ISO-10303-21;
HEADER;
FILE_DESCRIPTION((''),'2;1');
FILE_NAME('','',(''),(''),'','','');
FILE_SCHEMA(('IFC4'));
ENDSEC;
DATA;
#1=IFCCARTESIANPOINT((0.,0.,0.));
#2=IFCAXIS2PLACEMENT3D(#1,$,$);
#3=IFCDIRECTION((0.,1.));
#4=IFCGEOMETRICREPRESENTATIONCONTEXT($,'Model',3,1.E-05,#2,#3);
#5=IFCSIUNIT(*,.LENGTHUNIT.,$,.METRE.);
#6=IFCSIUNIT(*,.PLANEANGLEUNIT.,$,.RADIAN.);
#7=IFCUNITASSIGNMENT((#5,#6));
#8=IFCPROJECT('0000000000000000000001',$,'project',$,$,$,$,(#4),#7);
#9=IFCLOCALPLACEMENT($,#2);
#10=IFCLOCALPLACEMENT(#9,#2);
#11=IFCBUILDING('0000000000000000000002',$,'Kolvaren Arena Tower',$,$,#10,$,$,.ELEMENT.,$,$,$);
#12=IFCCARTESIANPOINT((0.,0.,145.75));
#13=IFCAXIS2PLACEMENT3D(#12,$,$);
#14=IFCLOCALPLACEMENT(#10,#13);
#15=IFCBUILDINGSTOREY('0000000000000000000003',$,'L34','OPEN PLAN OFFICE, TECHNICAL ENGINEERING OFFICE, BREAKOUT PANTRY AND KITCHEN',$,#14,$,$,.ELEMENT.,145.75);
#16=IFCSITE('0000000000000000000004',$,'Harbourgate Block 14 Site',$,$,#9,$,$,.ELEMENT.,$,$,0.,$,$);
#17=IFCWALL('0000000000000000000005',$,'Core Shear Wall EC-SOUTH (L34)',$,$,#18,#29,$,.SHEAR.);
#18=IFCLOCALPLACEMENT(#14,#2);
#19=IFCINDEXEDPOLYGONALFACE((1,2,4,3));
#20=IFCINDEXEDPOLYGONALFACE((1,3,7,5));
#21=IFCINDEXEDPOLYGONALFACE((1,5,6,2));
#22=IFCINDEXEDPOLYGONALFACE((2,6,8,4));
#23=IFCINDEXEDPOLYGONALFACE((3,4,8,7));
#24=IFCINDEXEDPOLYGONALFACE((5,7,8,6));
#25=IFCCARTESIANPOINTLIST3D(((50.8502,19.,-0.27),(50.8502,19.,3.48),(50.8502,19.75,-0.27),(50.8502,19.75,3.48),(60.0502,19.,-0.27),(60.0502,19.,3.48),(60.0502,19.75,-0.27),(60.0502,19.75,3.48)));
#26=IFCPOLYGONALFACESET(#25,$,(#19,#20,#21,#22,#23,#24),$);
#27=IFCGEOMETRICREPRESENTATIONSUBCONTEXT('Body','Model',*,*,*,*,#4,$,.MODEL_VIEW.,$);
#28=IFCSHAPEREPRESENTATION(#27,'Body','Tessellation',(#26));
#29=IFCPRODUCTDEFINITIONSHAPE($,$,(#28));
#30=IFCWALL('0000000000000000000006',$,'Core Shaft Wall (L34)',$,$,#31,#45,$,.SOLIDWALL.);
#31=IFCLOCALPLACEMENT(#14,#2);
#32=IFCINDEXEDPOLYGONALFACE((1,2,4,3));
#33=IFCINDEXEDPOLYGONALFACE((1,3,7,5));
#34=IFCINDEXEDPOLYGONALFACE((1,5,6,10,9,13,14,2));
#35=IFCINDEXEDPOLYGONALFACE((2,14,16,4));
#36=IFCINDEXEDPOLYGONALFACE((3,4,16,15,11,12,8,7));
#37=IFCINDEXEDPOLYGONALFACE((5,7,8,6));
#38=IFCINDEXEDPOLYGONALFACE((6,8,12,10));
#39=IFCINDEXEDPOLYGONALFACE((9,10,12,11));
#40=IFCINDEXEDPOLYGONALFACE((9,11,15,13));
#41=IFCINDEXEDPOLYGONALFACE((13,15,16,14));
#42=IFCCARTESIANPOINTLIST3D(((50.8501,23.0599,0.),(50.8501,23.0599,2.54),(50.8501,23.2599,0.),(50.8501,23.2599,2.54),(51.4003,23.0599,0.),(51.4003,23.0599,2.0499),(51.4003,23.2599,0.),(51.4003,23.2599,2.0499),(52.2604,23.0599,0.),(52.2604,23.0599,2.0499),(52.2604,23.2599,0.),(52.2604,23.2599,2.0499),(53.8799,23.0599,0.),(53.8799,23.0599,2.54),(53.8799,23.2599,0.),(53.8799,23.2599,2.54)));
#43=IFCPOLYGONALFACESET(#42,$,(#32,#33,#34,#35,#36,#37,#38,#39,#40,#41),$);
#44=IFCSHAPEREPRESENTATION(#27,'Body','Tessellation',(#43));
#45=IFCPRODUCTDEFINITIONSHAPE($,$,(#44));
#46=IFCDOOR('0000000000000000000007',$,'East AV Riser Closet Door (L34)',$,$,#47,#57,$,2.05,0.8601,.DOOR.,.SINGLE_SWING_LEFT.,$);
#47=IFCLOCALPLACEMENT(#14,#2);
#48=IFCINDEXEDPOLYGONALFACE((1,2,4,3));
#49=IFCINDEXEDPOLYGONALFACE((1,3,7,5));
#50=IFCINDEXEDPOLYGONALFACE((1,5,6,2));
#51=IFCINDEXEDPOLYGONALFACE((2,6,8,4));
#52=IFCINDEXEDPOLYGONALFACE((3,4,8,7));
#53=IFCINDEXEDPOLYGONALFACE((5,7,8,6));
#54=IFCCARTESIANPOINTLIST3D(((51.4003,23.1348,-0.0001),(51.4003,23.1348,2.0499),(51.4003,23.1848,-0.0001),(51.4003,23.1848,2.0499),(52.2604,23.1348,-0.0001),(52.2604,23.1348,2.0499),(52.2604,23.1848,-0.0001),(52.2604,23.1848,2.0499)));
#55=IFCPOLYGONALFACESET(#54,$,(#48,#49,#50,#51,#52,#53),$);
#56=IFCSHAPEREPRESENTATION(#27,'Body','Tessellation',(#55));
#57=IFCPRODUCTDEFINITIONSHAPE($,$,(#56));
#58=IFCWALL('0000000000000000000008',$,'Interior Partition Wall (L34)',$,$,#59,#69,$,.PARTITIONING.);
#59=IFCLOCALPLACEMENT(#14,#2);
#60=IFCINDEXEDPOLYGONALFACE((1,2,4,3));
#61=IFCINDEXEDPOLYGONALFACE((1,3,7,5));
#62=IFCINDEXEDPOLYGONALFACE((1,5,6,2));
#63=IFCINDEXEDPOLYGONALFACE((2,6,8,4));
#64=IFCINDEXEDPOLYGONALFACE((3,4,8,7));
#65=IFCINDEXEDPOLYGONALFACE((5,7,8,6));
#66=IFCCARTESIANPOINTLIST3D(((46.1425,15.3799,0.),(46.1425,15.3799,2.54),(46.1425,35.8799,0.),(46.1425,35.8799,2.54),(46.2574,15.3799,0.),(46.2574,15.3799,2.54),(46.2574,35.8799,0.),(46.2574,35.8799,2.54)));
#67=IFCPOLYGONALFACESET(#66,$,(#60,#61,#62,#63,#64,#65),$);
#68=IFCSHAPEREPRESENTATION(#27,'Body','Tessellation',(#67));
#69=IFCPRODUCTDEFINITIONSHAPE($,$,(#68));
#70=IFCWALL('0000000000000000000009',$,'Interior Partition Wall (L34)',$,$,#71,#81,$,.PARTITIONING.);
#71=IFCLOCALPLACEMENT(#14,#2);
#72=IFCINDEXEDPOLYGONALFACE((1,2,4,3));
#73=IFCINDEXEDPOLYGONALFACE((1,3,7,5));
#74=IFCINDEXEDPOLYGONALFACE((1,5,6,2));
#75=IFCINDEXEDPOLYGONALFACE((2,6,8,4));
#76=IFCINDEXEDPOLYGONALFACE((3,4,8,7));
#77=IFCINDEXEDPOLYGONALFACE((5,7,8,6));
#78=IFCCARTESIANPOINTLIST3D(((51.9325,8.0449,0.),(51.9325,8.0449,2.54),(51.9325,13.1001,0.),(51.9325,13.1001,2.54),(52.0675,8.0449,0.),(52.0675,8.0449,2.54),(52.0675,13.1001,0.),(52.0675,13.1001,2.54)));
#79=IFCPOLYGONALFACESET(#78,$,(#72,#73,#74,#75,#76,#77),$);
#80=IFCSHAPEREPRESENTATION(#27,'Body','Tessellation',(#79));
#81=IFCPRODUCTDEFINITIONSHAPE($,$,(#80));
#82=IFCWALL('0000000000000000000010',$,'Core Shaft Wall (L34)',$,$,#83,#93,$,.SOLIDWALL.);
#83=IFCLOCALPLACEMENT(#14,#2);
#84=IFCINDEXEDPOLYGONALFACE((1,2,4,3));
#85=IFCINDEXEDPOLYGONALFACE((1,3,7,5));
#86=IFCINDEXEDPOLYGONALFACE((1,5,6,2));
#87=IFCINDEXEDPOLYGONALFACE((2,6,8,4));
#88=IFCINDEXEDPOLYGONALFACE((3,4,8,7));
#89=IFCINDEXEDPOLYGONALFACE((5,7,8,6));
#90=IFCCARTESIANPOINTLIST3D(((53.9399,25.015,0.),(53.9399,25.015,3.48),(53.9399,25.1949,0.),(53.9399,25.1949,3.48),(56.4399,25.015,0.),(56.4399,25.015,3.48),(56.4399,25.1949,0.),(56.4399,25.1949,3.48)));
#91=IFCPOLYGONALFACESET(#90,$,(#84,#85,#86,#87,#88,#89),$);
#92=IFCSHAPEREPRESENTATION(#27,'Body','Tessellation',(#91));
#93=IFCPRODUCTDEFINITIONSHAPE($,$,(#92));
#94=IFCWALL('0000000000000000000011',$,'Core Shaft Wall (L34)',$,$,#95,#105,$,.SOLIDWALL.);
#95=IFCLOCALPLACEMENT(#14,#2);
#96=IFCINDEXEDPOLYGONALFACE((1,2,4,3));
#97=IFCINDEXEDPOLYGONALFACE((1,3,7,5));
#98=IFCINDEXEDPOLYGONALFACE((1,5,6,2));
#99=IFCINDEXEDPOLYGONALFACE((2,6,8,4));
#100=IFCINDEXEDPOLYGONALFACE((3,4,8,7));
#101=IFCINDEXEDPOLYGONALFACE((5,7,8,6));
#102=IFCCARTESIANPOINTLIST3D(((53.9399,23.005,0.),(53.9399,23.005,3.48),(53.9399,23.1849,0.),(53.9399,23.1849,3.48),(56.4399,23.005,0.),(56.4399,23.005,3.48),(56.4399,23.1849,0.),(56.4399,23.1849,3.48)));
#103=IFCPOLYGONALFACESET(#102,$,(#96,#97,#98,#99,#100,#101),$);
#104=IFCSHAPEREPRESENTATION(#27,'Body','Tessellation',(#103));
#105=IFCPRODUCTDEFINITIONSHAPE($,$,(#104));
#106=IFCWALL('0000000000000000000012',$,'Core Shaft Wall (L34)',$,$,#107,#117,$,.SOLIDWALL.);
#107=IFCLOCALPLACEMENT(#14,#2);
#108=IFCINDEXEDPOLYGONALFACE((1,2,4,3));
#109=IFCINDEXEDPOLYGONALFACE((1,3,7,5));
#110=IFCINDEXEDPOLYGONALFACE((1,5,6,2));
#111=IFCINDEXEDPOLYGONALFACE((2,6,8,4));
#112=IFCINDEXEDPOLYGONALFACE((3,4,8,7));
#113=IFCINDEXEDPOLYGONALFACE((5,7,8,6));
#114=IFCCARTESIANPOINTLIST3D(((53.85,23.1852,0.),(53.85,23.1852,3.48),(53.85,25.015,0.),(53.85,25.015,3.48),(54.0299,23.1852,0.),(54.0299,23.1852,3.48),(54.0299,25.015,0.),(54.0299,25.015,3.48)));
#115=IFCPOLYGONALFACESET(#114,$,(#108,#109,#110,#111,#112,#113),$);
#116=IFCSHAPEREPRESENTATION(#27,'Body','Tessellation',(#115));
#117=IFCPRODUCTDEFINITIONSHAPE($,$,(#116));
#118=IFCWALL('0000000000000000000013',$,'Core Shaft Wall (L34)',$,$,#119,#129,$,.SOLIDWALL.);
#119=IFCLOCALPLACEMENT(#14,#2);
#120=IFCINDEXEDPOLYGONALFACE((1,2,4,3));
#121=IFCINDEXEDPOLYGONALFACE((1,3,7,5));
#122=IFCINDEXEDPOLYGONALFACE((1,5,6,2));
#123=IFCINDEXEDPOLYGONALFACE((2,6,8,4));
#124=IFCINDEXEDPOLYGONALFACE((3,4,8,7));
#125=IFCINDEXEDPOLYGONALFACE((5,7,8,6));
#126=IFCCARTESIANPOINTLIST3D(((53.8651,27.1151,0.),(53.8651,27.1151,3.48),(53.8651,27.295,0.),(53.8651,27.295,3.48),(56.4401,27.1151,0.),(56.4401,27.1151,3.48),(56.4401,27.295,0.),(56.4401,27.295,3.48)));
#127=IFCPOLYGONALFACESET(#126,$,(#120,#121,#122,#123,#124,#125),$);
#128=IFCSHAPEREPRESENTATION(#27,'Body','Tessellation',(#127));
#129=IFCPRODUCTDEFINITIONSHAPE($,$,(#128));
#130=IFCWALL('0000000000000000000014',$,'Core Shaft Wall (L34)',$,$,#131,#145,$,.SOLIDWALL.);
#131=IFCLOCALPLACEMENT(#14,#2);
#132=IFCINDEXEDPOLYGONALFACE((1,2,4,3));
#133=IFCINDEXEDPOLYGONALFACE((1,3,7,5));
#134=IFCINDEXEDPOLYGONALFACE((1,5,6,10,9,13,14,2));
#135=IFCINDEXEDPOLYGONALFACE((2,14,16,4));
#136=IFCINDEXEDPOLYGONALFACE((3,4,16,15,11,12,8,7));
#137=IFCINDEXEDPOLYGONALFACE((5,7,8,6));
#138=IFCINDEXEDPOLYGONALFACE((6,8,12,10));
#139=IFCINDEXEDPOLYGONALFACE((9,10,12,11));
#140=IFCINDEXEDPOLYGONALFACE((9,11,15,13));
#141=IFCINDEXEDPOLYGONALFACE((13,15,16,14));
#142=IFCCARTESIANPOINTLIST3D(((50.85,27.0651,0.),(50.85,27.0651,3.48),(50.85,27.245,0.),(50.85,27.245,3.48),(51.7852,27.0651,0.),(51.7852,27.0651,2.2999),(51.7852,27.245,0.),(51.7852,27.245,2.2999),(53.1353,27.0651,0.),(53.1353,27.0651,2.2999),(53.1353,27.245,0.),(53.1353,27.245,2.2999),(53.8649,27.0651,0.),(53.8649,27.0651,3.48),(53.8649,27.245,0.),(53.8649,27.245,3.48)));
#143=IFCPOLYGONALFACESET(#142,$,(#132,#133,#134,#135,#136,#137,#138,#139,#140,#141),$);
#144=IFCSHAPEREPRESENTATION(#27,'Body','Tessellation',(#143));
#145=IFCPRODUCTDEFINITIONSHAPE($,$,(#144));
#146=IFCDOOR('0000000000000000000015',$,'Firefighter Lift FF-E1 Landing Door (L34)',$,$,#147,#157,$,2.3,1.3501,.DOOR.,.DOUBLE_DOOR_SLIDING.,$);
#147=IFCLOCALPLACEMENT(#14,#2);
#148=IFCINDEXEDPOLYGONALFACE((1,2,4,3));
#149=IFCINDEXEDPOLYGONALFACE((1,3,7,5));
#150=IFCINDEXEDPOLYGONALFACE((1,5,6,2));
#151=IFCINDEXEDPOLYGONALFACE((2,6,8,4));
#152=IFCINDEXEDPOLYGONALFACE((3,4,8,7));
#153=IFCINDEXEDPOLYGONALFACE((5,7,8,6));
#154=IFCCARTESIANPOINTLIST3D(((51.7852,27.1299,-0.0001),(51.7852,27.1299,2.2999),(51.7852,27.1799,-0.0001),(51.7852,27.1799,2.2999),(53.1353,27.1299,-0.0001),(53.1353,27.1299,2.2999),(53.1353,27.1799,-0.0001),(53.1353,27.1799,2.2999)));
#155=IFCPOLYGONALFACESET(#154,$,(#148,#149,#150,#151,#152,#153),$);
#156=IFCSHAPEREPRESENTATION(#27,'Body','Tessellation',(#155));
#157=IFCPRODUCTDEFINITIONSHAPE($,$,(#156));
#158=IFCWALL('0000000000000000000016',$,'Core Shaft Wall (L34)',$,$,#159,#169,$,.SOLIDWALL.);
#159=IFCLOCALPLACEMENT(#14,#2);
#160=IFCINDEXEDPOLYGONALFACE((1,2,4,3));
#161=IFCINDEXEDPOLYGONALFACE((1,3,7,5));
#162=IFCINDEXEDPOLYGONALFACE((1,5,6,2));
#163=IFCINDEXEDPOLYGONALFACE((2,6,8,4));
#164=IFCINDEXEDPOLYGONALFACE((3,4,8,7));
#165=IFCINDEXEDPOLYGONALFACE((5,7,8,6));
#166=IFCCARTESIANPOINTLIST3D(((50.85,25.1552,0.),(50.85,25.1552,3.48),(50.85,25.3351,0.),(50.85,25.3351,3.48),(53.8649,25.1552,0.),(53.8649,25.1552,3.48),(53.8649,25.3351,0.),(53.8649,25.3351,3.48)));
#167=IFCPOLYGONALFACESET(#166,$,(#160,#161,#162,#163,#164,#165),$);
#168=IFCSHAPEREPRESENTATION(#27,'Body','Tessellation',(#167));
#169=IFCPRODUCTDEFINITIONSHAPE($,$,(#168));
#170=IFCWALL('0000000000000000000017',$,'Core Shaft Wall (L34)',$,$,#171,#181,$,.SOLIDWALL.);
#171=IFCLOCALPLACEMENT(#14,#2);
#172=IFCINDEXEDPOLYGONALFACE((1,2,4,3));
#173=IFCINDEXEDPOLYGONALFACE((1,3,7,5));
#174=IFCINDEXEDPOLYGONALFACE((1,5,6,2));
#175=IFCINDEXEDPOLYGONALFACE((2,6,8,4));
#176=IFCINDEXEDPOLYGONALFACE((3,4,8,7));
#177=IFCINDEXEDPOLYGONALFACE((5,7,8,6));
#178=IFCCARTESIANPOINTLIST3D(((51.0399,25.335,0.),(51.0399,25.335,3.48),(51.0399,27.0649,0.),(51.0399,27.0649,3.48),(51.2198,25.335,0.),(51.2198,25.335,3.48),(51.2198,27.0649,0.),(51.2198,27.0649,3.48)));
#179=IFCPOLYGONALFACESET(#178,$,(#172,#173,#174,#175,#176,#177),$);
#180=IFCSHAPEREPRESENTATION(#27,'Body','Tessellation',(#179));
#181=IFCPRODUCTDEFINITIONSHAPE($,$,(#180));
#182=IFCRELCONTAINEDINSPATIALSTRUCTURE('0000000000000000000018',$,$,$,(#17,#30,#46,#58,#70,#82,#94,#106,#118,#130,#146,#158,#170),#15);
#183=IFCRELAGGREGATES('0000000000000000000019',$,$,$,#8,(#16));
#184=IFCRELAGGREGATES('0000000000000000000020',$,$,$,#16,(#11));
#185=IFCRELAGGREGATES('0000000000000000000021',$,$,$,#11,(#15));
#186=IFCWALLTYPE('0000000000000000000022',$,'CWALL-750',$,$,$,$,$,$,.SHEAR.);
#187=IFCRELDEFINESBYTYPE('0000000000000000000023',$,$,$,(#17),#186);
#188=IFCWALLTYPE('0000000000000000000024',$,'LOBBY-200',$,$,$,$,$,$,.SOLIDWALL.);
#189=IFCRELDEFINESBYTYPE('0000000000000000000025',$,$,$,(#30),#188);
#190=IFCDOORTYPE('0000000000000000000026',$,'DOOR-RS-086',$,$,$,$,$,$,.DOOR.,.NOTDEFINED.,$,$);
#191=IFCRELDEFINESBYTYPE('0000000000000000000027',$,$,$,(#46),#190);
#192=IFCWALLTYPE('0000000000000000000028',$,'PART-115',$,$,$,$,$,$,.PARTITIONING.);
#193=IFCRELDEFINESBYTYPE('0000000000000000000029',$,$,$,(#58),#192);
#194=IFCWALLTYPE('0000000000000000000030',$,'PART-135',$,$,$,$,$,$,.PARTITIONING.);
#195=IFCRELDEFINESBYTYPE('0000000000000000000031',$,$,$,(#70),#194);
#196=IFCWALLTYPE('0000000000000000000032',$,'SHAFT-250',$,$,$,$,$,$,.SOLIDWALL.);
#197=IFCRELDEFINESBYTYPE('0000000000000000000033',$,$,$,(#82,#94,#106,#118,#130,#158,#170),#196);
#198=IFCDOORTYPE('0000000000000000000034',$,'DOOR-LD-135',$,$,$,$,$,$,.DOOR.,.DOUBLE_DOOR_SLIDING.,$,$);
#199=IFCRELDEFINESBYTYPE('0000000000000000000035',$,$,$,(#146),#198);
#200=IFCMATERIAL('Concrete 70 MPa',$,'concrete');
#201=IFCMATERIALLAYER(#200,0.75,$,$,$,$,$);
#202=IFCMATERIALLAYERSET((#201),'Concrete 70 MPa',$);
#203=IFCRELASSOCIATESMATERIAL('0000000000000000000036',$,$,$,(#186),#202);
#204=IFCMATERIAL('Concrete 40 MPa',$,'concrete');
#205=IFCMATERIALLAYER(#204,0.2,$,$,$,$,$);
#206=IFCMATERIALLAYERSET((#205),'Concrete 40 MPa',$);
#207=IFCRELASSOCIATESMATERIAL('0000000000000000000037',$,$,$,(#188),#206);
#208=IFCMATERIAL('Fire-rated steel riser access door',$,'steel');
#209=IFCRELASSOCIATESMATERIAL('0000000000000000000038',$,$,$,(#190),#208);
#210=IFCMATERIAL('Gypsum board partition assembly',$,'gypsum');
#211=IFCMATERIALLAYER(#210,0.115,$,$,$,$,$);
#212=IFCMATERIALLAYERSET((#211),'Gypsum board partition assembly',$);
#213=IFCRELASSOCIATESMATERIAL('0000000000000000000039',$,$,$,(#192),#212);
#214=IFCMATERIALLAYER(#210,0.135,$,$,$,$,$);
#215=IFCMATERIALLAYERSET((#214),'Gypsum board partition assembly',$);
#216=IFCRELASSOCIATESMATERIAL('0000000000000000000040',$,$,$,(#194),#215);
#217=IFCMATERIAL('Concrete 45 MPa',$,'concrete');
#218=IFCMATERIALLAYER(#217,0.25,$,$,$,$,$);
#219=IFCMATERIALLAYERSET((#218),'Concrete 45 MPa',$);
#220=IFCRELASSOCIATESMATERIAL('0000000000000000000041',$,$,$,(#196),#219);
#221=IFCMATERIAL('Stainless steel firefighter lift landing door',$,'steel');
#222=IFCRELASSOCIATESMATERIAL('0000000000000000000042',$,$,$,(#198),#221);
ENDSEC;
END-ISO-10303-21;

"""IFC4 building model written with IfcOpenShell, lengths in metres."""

from ifc_helpers import new_model, si_unit, direction, frame, frame_2d, origin, place, context, subcontext, project, spatial, rectangle, extrude, material, layer, layer_set, type_object, element, fill, save


model = new_model("IFC4")

# Units and contexts
model_context = context("Model", 3, precision=1e-05, world=origin(), true_north=direction((0.0, 1.0)))
body_context = subcontext(model_context, "Body", "Model", "MODEL_VIEW")
ifc_project = project(units=[si_unit("LENGTHUNIT", "METRE"), si_unit("PLANEANGLEUNIT", "RADIAN")], contexts=[model_context])

# Site, building, storey
site_placement = place(None, origin())
site = spatial("IfcSite", under=ifc_project, at=site_placement, Name="Harbourgate Block 14 Site", CompositionType="ELEMENT", RefElevation=0.0)
building_placement = place(site_placement, origin())
building = spatial("IfcBuilding", under=site, at=building_placement, Name="Kolvaren Arena Tower", CompositionType="ELEMENT")
storey_placement = place(building_placement, frame((0.0, 0.0, 145.75)))
storey = spatial("IfcBuildingStorey", under=building, at=storey_placement, Name="L34", Description="OPEN PLAN OFFICE, TECHNICAL ENGINEERING OFFICE, BREAKOUT PANTRY AND KITCHEN", CompositionType="ELEMENT", Elevation=145.75)

# Shared definitions
ifc_material_1 = material(Name="Concrete 70 MPa", Category="concrete")
ifc_layer_1 = layer(ifc_material_1, 0.75)
ifc_layer_set_1 = layer_set([ifc_layer_1], Name="Concrete 70 MPa")
wall_type_1 = type_object("IfcWallType", Name="CWALL-750", PredefinedType="SHEAR", material=ifc_layer_set_1)

# Wall
wall_1_placement = place(storey_placement, frame((50.8501, 19.375, -0.27), z_axis=(0.0, 0.0, 1.0), x_axis=(1.0, 0.0, 0.0)))
element("IfcWall", 1, at=wall_1_placement, inside=storey, type_object=wall_type_1, Name="Core Shear Wall EC-SOUTH (L34)", PredefinedType="SHEAR", context=body_context, shape_type="SweptSolid", body=[
    extrude(rectangle(XDim=9.2, YDim=0.75, at=frame_2d((4.6001, 0.0))), origin(), (0.0, 0.0, 1.0), 3.75),
])

# Shared definitions
ifc_material_2 = material(Name="Concrete 40 MPa", Category="concrete")
ifc_layer_2 = layer(ifc_material_2, 0.2)
ifc_layer_set_2 = layer_set([ifc_layer_2], Name="Concrete 40 MPa")
wall_type_2 = type_object("IfcWallType", Name="LOBBY-200", PredefinedType="SOLIDWALL", material=ifc_layer_set_2)

# Wall, opening, door
wall_2_placement = place(storey_placement, frame((50.8501, 23.1599, 0.0), z_axis=(0.0, 0.0, 1.0), x_axis=(1.0, 0.0, 0.0)))
wall_2 = element("IfcWall", 2, at=wall_2_placement, inside=storey, type_object=wall_type_2, Name="Core Shaft Wall (L34)", PredefinedType="SOLIDWALL", context=body_context, shape_type="SweptSolid", body=[
    extrude(rectangle(XDim=3.0298, YDim=0.2, at=frame_2d((1.5149, 0.0))), origin(), (0.0, 0.0, 1.0), 2.54),
])
opening_1_placement = place(wall_2_placement, frame((0.55, 0.0, 0.0)))
opening_1 = element("IfcOpeningElement", 3, at=opening_1_placement, cuts=wall_2, PredefinedType="OPENING", context=body_context, shape_type="SweptSolid", body=[
    extrude(rectangle(XDim=0.8601, YDim=2.05, at=frame_2d((0.4302, 1.0249))), frame((0.0, 0.1099, 0.0), z_axis=(0.0, -1.0, 0.0), x_axis=(1.0, 0.0, 0.0)), (0.0, 0.0, 1.0), 0.22),
])
ifc_material_3 = material(Name="Fire-rated steel riser access door", Category="steel")
door_type_1 = type_object("IfcDoorType", Name="DOOR-RS-086", OperationType="NOTDEFINED", PredefinedType="DOOR", material=ifc_material_3)
door_1_placement = place(opening_1_placement, origin())
door_1 = element("IfcDoor", 4, at=door_1_placement, inside=storey, type_object=door_type_1, Name="East AV Riser Closet Door (L34)", OperationType="SINGLE_SWING_LEFT", OverallHeight=2.05, OverallWidth=0.8601, PredefinedType="DOOR", context=body_context, shape_type="SweptSolid", body=[
    extrude(rectangle(XDim=0.8601, YDim=2.05, at=frame_2d((0.4302, 1.0249))), frame((0.0, 0.0249, 0.0), z_axis=(0.0, -1.0, 0.0), x_axis=(1.0, 0.0, 0.0)), (0.0, 0.0, 1.0), 0.05),
])
fill(opening_1, door_1)

# Walls
ifc_material_4 = material(Name="Gypsum board partition assembly", Category="gypsum")
ifc_layer_3 = layer(ifc_material_4, 0.115)
ifc_layer_set_3 = layer_set([ifc_layer_3], Name="Gypsum board partition assembly")
wall_type_3 = type_object("IfcWallType", Name="PART-115", PredefinedType="PARTITIONING", material=ifc_layer_set_3)
wall_3_placement = place(storey_placement, frame((46.2, 15.3799, 0.0), z_axis=(0.0, 0.0, 1.0), x_axis=(0.0, 1.0, 0.0)))
element("IfcWall", 5, at=wall_3_placement, inside=storey, type_object=wall_type_3, Name="Interior Partition Wall (L34)", PredefinedType="PARTITIONING", context=body_context, shape_type="SweptSolid", body=[
    extrude(rectangle(XDim=20.5, YDim=0.115, at=frame_2d((10.25, 0.0))), origin(), (0.0, 0.0, 1.0), 2.54),
])
ifc_layer_4 = layer(ifc_material_4, 0.135)
ifc_layer_set_4 = layer_set([ifc_layer_4], Name="Gypsum board partition assembly")
wall_type_4 = type_object("IfcWallType", Name="PART-135", PredefinedType="PARTITIONING", material=ifc_layer_set_4)
wall_4_placement = place(storey_placement, frame((52.0, 8.0449, 0.0), z_axis=(0.0, 0.0, 1.0), x_axis=(0.0, 1.0, 0.0)))
element("IfcWall", 6, at=wall_4_placement, inside=storey, type_object=wall_type_4, Name="Interior Partition Wall (L34)", PredefinedType="PARTITIONING", context=body_context, shape_type="SweptSolid", body=[
    extrude(rectangle(XDim=5.0552, YDim=0.135, at=frame_2d((2.5276, 0.0))), origin(), (0.0, 0.0, 1.0), 2.54),
])
ifc_material_5 = material(Name="Concrete 45 MPa", Category="concrete")
ifc_layer_5 = layer(ifc_material_5, 0.25)
ifc_layer_set_5 = layer_set([ifc_layer_5], Name="Concrete 45 MPa")
wall_type_5 = type_object("IfcWallType", Name="SHAFT-250", PredefinedType="SOLIDWALL", material=ifc_layer_set_5)
for number, where, z_axis, x_axis, name in (
    (7, (53.9399, 25.105, 0.0), (0.0, 0.0, 1.0), (1.0, 0.0, 0.0), "Core Shaft Wall (L34)"),
    (8, (53.9399, 23.095, 0.0), (0.0, 0.0, 1.0), (1.0, 0.0, 0.0), "Core Shaft Wall (L34)"),
):
    element("IfcWall", number, at=place(storey_placement, frame(where, z_axis=z_axis, x_axis=x_axis)), inside=storey, type_object=wall_type_5, Name=name, PredefinedType="SOLIDWALL", context=body_context, shape_type="SweptSolid", body=[
        extrude(rectangle(XDim=2.5, YDim=0.1799, at=frame_2d((1.25, 0.0))), origin(), (0.0, 0.0, 1.0), 3.48),
    ])
wall_5_placement = place(storey_placement, frame((53.9399, 23.1851, 0.0), z_axis=(0.0, 0.0, 1.0), x_axis=(0.0, 1.0, 0.0)))
element("IfcWall", 9, at=wall_5_placement, inside=storey, type_object=wall_type_5, Name="Core Shaft Wall (L34)", PredefinedType="SOLIDWALL", context=body_context, shape_type="SweptSolid", body=[
    extrude(rectangle(XDim=1.8298, YDim=0.1799, at=frame_2d((0.915, 0.0))), origin(), (0.0, 0.0, 1.0), 3.48),
])
wall_6_placement = place(storey_placement, frame((53.865, 27.2051, 0.0), z_axis=(0.0, 0.0, 1.0), x_axis=(1.0, 0.0, 0.0)))
element("IfcWall", 10, at=wall_6_placement, inside=storey, type_object=wall_type_5, Name="Core Shaft Wall (L34)", PredefinedType="SOLIDWALL", context=body_context, shape_type="SweptSolid", body=[
    extrude(rectangle(XDim=2.575, YDim=0.1799, at=frame_2d((1.2876, 0.0))), origin(), (0.0, 0.0, 1.0), 3.48),
])

# Wall, opening, door
wall_7_placement = place(storey_placement, frame((50.8501, 27.155, 0.0), z_axis=(0.0, 0.0, 1.0), x_axis=(1.0, 0.0, 0.0)))
wall_7 = element("IfcWall", 11, at=wall_7_placement, inside=storey, type_object=wall_type_5, Name="Core Shaft Wall (L34)", PredefinedType="SOLIDWALL", context=body_context, shape_type="SweptSolid", body=[
    extrude(rectangle(XDim=3.0149, YDim=0.1799, at=frame_2d((1.5073, 0.0))), origin(), (0.0, 0.0, 1.0), 3.48),
])
opening_2_placement = place(wall_7_placement, frame((0.9351, 0.0, 0.0)))
opening_2 = element("IfcOpeningElement", 12, at=opening_2_placement, cuts=wall_7, PredefinedType="OPENING", context=body_context, shape_type="SweptSolid", body=[
    extrude(rectangle(XDim=1.3501, YDim=2.3, at=frame_2d((0.675, 1.1499))), frame((0.0, 0.0999, 0.0), z_axis=(0.0, -1.0, 0.0), x_axis=(1.0, 0.0, 0.0)), (0.0, 0.0, 1.0), 0.2),
])
ifc_material_6 = material(Name="Stainless steel firefighter lift landing door", Category="steel")
door_type_2 = type_object("IfcDoorType", Name="DOOR-LD-135", OperationType="DOUBLE_DOOR_SLIDING", PredefinedType="DOOR", material=ifc_material_6)
door_2_placement = place(opening_2_placement, origin())
door_2 = element("IfcDoor", 13, at=door_2_placement, inside=storey, type_object=door_type_2, Name="Firefighter Lift FF-E1 Landing Door (L34)", OperationType="DOUBLE_DOOR_SLIDING", OverallHeight=2.3, OverallWidth=1.3501, PredefinedType="DOOR", context=body_context, shape_type="SweptSolid", body=[
    extrude(rectangle(XDim=1.3501, YDim=2.3, at=frame_2d((0.675, 1.1499))), frame((0.0, 0.0249, 0.0), z_axis=(0.0, -1.0, 0.0), x_axis=(1.0, 0.0, 0.0)), (0.0, 0.0, 1.0), 0.05),
])
fill(opening_2, door_2)

# Walls
wall_8_placement = place(storey_placement, frame((50.8501, 25.2451, 0.0), z_axis=(0.0, 0.0, 1.0), x_axis=(1.0, 0.0, 0.0)))
element("IfcWall", 14, at=wall_8_placement, inside=storey, type_object=wall_type_5, Name="Core Shaft Wall (L34)", PredefinedType="SOLIDWALL", context=body_context, shape_type="SweptSolid", body=[
    extrude(rectangle(XDim=3.0149, YDim=0.1799, at=frame_2d((1.5073, 0.0))), origin(), (0.0, 0.0, 1.0), 3.48),
])
wall_9_placement = place(storey_placement, frame((51.1299, 25.335, 0.0), z_axis=(0.0, 0.0, 1.0), x_axis=(0.0, 1.0, 0.0)))
element("IfcWall", 15, at=wall_9_placement, inside=storey, type_object=wall_type_5, Name="Core Shaft Wall (L34)", PredefinedType="SOLIDWALL", context=body_context, shape_type="SweptSolid", body=[
    extrude(rectangle(XDim=1.73, YDim=0.1799, at=frame_2d((0.865, 0.0))), origin(), (0.0, 0.0, 1.0), 3.48),
])

save(model, "model.ifc")
